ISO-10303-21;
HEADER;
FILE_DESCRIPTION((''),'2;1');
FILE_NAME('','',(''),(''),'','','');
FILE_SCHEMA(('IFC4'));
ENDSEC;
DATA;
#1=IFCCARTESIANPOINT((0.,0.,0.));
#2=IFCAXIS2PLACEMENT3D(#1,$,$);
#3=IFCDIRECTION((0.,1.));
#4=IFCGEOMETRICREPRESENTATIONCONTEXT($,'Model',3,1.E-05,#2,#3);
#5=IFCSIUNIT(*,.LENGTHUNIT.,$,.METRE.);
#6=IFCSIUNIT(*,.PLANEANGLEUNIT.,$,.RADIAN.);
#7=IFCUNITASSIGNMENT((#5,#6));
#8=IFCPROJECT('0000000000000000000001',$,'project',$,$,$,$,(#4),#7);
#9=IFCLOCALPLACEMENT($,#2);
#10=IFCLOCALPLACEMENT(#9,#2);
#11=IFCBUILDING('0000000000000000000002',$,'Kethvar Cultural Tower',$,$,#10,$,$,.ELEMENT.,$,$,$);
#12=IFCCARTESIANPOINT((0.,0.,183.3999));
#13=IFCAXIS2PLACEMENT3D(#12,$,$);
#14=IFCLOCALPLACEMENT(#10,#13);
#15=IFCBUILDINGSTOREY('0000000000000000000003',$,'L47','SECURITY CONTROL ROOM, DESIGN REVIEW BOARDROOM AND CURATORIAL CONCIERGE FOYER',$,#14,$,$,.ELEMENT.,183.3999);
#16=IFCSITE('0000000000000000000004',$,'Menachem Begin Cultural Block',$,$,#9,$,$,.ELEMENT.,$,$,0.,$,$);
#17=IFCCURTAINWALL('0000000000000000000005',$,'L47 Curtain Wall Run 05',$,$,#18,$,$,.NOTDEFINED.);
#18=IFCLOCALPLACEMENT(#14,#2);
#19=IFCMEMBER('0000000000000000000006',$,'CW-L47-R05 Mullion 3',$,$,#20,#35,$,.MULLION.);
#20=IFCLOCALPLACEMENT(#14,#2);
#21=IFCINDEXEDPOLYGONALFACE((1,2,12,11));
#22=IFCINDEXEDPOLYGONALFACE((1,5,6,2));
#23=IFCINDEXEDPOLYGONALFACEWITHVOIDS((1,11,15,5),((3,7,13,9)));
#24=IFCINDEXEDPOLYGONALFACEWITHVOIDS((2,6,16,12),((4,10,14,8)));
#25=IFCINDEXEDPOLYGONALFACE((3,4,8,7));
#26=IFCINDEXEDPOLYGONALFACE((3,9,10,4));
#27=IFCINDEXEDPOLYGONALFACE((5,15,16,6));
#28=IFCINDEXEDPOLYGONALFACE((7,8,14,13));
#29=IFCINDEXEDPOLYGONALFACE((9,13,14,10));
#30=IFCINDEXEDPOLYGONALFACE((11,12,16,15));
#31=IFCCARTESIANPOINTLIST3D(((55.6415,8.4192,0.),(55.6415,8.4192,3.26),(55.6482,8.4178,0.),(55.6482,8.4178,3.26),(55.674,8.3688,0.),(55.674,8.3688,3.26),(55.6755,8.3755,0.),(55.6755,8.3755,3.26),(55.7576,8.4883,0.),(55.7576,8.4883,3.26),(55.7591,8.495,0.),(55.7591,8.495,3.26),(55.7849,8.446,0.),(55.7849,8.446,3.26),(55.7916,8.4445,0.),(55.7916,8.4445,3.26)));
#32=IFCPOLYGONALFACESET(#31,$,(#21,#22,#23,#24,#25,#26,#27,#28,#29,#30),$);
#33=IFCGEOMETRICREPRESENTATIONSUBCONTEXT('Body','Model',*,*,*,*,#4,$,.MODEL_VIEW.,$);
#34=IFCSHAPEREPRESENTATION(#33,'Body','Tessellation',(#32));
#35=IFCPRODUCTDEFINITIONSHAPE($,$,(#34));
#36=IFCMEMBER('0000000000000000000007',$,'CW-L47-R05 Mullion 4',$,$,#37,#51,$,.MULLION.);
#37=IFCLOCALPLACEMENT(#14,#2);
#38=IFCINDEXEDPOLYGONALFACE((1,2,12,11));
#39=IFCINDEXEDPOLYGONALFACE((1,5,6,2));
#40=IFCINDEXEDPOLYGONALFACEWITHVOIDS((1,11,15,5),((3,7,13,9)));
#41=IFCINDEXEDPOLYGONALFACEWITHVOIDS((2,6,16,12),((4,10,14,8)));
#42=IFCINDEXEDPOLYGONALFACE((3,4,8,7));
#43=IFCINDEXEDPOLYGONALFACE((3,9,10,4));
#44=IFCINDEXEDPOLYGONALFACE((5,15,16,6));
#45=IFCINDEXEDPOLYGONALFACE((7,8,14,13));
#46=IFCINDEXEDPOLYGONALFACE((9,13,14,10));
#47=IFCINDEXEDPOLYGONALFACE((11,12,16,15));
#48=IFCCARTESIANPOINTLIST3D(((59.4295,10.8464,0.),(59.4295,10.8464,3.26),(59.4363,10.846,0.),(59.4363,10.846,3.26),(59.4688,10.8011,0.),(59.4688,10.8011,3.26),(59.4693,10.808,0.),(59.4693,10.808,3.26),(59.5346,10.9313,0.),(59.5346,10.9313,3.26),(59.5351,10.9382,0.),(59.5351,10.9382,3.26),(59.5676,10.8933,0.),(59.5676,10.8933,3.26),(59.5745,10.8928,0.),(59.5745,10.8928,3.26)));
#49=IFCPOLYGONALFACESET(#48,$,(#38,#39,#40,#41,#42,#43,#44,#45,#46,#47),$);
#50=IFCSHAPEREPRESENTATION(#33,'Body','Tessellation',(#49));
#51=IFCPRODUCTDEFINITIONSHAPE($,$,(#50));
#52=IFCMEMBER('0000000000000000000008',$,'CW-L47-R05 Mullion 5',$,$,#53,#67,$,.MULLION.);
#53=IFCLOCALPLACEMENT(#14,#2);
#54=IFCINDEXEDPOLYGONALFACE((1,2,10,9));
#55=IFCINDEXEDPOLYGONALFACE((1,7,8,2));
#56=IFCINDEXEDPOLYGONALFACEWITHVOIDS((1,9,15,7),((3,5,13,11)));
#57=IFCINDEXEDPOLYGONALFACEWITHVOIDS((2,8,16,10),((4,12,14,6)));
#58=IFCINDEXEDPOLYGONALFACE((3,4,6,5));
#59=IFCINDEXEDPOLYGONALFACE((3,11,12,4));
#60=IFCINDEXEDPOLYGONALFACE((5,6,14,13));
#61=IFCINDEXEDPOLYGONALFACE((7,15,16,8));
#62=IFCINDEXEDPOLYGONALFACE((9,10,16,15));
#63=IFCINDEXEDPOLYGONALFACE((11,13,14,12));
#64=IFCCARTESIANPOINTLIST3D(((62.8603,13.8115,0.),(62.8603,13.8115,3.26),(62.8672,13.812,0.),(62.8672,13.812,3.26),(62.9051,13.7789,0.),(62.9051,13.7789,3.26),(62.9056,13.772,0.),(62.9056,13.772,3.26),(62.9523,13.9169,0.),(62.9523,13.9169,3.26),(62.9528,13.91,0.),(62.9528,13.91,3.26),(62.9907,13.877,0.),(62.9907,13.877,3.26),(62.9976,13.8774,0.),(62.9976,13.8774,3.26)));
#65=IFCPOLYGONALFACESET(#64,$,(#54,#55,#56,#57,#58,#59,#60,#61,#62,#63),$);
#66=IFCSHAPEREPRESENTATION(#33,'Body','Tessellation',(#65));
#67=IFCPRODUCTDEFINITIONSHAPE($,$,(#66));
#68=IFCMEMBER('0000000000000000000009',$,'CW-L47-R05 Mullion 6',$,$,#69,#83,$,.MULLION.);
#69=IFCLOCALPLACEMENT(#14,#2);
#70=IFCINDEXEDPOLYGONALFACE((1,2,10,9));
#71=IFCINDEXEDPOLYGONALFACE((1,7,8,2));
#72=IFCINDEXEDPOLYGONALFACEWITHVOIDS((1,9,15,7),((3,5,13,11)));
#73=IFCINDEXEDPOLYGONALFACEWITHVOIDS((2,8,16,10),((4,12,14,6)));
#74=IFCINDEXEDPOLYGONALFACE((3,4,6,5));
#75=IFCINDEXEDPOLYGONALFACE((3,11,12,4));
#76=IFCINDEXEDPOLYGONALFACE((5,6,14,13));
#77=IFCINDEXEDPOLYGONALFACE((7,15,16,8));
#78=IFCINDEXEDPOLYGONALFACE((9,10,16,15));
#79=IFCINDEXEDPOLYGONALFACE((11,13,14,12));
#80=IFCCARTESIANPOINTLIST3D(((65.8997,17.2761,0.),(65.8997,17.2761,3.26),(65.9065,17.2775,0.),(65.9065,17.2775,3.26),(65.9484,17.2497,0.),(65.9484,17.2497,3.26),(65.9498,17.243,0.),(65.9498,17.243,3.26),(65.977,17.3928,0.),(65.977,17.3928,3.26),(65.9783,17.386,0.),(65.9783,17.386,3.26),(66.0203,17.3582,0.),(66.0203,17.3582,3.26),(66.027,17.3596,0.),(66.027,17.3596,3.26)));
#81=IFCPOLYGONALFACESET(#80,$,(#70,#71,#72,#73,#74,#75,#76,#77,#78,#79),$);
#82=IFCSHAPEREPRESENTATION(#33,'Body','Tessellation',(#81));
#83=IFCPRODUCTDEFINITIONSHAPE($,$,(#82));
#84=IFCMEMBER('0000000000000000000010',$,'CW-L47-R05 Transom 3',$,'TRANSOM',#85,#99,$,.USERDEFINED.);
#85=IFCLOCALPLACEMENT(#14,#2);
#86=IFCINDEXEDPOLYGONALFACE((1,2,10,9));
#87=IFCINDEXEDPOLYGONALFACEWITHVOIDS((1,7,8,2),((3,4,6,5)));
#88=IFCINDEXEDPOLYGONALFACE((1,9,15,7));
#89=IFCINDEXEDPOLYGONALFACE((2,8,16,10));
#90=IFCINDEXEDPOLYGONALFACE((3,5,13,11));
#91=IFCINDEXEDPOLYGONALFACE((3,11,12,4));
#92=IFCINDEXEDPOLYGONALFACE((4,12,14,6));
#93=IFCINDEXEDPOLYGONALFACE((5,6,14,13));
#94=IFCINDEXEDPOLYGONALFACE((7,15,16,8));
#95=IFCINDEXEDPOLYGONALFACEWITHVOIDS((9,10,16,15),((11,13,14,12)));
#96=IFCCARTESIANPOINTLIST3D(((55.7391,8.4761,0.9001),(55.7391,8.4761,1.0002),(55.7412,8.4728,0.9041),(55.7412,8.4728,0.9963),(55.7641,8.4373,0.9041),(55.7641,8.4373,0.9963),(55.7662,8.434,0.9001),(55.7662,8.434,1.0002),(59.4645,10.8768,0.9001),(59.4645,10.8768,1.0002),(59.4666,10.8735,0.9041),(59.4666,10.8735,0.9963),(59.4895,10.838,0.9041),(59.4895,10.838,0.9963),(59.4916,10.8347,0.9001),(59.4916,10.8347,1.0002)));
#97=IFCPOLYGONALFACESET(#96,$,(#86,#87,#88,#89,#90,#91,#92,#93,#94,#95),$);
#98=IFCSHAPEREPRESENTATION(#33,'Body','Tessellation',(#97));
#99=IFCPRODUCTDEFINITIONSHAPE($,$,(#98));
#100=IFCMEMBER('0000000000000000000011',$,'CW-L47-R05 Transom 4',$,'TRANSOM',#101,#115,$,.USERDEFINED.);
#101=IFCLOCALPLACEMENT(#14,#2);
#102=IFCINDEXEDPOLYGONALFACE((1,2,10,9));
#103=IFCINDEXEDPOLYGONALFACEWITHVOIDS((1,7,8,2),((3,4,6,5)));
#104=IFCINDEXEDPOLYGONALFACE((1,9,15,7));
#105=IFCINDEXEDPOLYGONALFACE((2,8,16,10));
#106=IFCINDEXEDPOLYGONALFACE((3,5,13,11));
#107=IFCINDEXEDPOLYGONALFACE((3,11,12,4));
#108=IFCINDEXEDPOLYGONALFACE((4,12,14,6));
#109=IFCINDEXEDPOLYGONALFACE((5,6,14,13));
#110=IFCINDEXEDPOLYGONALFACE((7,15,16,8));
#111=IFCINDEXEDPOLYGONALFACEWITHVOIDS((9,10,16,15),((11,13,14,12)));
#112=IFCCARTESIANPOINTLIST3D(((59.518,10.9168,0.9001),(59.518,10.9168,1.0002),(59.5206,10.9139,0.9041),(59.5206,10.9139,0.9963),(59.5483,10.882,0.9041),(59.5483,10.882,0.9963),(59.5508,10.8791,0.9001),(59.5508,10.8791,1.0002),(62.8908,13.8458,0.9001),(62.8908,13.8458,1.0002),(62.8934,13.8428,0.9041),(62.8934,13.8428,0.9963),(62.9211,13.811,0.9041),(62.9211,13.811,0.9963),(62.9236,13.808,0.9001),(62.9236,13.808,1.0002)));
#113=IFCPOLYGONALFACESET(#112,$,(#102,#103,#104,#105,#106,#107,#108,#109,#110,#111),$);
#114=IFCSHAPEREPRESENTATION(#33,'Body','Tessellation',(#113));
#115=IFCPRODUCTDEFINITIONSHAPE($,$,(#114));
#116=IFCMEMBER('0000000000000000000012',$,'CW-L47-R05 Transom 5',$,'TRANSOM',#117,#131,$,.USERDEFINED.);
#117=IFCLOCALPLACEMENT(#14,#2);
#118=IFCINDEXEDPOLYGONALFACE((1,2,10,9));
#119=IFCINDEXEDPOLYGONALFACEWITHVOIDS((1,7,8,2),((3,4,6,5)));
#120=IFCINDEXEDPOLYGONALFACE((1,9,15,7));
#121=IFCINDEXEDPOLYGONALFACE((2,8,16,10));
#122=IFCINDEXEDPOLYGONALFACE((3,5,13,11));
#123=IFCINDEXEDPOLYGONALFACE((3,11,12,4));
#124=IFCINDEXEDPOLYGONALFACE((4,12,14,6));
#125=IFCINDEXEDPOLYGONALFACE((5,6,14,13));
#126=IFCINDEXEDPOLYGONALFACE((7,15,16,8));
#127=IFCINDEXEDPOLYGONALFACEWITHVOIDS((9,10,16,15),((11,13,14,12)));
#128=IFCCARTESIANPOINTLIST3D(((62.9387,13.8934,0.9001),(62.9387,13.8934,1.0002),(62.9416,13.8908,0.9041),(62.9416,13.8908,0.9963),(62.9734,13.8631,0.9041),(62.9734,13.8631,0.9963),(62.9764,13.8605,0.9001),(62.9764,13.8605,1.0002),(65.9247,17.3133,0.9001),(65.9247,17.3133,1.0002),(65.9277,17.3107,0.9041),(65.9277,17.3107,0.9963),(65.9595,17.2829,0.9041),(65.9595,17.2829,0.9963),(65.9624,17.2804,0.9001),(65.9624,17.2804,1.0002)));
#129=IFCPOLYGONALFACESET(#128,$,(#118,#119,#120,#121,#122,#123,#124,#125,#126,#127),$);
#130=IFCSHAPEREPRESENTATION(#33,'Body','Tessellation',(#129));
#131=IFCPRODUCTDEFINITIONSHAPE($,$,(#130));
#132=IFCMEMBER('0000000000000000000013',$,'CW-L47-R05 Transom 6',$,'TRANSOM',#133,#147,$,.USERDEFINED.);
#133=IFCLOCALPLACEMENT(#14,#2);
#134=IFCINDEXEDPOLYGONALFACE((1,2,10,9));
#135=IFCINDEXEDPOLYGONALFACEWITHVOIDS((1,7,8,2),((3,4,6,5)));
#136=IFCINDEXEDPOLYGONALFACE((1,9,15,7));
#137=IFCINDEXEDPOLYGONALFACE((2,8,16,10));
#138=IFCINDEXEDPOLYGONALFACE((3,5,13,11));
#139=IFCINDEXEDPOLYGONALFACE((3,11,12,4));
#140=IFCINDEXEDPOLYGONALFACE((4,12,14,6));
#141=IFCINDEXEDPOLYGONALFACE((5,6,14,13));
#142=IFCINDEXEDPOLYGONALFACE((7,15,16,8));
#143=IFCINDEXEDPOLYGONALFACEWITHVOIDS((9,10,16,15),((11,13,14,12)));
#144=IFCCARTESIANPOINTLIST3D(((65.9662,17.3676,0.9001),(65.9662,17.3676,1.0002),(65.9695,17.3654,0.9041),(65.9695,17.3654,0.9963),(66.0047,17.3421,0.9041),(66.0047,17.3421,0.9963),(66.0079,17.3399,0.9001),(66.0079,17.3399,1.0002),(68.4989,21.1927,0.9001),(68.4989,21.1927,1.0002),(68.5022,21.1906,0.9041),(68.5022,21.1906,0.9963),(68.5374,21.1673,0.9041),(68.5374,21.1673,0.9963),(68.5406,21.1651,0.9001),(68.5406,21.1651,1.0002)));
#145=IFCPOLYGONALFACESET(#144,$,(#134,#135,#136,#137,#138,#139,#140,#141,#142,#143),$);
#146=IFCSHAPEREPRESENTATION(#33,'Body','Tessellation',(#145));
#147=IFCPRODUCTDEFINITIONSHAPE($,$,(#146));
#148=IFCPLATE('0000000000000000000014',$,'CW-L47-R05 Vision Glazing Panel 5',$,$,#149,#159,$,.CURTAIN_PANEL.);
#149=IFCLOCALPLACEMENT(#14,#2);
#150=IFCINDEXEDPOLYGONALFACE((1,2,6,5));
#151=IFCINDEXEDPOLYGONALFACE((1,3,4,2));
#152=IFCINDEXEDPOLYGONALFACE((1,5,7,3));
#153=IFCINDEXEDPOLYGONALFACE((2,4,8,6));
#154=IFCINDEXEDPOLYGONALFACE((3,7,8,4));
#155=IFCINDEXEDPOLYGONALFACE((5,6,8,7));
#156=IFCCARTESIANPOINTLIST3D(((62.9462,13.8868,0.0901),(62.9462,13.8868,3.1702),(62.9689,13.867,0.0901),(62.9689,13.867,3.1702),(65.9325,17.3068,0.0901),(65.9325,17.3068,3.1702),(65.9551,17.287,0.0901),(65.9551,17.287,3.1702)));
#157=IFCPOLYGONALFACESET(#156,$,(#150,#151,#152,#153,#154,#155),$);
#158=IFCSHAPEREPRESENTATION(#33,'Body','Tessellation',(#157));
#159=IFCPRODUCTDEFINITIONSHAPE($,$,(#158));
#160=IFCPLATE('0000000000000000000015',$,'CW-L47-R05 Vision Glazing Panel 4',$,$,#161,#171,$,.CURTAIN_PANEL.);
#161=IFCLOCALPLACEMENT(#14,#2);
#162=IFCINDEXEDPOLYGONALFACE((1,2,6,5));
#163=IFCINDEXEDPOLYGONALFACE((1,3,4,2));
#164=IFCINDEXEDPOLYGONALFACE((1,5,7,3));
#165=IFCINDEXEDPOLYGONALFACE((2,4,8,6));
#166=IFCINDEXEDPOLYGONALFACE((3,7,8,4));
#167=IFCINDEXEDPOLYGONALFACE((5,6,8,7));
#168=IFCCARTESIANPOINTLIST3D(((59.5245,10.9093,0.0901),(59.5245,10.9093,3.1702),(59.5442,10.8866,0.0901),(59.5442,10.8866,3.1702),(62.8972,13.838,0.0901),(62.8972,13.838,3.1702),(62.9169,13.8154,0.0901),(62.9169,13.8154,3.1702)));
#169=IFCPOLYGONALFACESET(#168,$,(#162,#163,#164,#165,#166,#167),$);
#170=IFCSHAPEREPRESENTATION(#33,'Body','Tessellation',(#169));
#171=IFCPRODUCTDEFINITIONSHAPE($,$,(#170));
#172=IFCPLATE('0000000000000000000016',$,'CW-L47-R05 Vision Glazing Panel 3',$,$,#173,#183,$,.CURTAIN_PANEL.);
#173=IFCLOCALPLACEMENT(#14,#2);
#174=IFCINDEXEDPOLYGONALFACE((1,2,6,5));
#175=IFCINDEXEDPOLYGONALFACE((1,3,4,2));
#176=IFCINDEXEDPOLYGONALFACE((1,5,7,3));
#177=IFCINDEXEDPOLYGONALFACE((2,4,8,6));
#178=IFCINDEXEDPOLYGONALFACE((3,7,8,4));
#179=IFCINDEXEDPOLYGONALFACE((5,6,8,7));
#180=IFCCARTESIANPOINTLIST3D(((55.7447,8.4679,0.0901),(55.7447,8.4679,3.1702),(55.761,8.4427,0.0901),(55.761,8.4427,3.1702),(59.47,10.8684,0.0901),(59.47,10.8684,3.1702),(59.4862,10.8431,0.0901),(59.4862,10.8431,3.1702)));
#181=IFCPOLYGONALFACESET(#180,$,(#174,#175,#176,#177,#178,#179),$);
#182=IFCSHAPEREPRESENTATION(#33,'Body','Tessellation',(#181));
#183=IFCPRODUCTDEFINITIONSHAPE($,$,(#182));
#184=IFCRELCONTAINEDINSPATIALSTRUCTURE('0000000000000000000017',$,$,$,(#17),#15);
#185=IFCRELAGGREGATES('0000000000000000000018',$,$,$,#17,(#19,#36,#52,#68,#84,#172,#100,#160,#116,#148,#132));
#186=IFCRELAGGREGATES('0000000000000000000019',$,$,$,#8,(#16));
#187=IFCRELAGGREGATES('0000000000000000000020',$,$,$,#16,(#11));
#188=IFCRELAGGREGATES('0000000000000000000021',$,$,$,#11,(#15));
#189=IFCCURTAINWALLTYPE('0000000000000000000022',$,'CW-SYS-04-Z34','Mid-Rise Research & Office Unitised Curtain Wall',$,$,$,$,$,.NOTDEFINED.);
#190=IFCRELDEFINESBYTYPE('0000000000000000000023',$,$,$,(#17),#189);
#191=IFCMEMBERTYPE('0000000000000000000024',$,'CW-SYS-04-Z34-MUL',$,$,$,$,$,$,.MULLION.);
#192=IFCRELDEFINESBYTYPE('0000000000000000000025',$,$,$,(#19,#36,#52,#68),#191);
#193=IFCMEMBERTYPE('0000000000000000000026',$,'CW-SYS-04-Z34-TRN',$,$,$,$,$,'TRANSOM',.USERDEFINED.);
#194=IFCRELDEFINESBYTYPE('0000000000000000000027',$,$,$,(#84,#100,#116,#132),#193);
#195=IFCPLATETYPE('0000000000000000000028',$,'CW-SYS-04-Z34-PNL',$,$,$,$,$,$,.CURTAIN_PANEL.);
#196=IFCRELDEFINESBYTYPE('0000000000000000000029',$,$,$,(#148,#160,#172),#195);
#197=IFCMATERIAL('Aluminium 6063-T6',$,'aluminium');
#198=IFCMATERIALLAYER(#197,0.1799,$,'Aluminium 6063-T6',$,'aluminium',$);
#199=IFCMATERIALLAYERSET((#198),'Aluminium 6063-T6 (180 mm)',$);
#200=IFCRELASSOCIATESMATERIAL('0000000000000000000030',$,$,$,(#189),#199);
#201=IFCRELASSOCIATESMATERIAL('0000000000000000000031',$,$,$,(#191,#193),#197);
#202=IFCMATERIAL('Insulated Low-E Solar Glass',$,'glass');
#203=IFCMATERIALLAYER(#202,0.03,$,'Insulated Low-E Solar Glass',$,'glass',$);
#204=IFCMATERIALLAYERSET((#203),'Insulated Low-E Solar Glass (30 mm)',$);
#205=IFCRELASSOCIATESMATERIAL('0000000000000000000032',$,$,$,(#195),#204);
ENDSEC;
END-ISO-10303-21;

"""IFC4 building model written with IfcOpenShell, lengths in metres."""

from ifc_helpers import new_model, si_unit, direction, frame, origin, origin_2d, place, context, subcontext, project, spatial, rectangle, hollow_rectangle, extrude, source, transform, mapped, material, layer, layer_set, material_profile, profile_set, type_object, element, aggregate, save


model = new_model("IFC4")

# Units and contexts
model_context = context("Model", 3, precision=1e-05, world=origin(), true_north=direction((0.0, 1.0)))
body_context = subcontext(model_context, "Body", "Model", "MODEL_VIEW")
ifc_project = project(units=[si_unit("LENGTHUNIT", "METRE"), si_unit("PLANEANGLEUNIT", "RADIAN")], contexts=[model_context])

# Site, building, storey
site_placement = place(None, origin())
site = spatial("IfcSite", under=ifc_project, at=site_placement, Name="Menachem Begin Cultural Block", CompositionType="ELEMENT", RefElevation=0.0)
building_placement = place(site_placement, origin())
building = spatial("IfcBuilding", under=site, at=building_placement, Name="Kethvar Cultural Tower", CompositionType="ELEMENT")
storey_placement = place(building_placement, frame((0.0, 0.0, 183.3999)))
storey = spatial("IfcBuildingStorey", under=building, at=storey_placement, Name="L47", Description="SECURITY CONTROL ROOM, DESIGN REVIEW BOARDROOM AND CURATORIAL CONCIERGE FOYER", CompositionType="ELEMENT", Elevation=183.3999)

# Curtain wall, members, plates
ifc_material_1 = material(Name="Aluminium 6063-T6", Category="aluminium")
ifc_layer_1 = layer(ifc_material_1, 0.1799, Name="Aluminium 6063-T6", Category="aluminium")
ifc_layer_set_1 = layer_set([ifc_layer_1], Name="Aluminium 6063-T6 (180 mm)")
curtain_wall_type = type_object("IfcCurtainWallType", Name="CW-SYS-04-Z34", Description="Mid-Rise Research & Office Unitised Curtain Wall", PredefinedType="NOTDEFINED", material=ifc_layer_set_1)
curtain_wall_placement = place(storey_placement, origin())
curtain_wall = element("IfcCurtainWall", 1, at=curtain_wall_placement, inside=storey, type_object=curtain_wall_type, Name="L47 Curtain Wall Run 05", PredefinedType="NOTDEFINED")
ifc_material_profile_1 = material_profile(ifc_material_1, hollow_rectangle(XDim=0.0601, YDim=0.1399, WallThickness=0.0049, at=origin_2d()), Name="Aluminium 6063-T6 — RHS140x60x5")
ifc_profile_set_1 = profile_set([ifc_material_profile_1], Name="Aluminium 6063-T6 — RHS140x60x5")
member_type_1 = type_object("IfcMemberType", Name="CW-SYS-04-Z34-MUL", PredefinedType="MULLION", material=ifc_profile_set_1)
shared_shape_1 = source(origin(), body_context, "Body", "SweptSolid", [
    extrude(hollow_rectangle(XDim=0.0601, YDim=0.1399, WallThickness=0.0049, at=origin_2d()), origin(), (0.0, 0.0, 1.0), 3.26),
])
member_1_placement = place(storey_placement, frame((55.7166, 8.4319, 0.0), z_axis=(0.0, 0.0, 1.0), x_axis=(-0.541664, 0.840595, 0.0)))
member_1 = element("IfcMember", 2, at=member_1_placement, type_object=member_type_1, Name="CW-L47-R05 Mullion 3", PredefinedType="MULLION", context=body_context, shape_type="MappedRepresentation", body=[
    mapped(shared_shape_1, transform((0.0, 0.0, 0.0), scale=1.0)),
])
member_2_placement = place(storey_placement, frame((59.502, 10.8696, 0.0), z_axis=(0.0, 0.0, 1.0), x_axis=(-0.655677, 0.755042, 0.0)))
member_2 = element("IfcMember", 3, at=member_2_placement, type_object=member_type_1, Name="CW-L47-R05 Mullion 4", PredefinedType="MULLION", context=body_context, shape_type="MappedRepresentation", body=[
    mapped(shared_shape_1, transform((0.0, 0.0, 0.0), scale=1.0)),
])
member_3_placement = place(storey_placement, frame((62.929, 13.8445, 0.0), z_axis=(0.0, 0.0, 1.0), x_axis=(-0.753254, 0.65773, 0.0)))
member_3 = element("IfcMember", 4, at=member_3_placement, type_object=member_type_1, Name="CW-L47-R05 Mullion 5", PredefinedType="MULLION", context=body_context, shape_type="MappedRepresentation", body=[
    mapped(shared_shape_1, transform((0.0, 0.0, 0.0), scale=1.0)),
])
member_4_placement = place(storey_placement, frame((65.9634, 17.3179, 0.0), z_axis=(0.0, 0.0, 1.0), x_axis=(-0.833809, 0.552053, 0.0)))
member_4 = element("IfcMember", 5, at=member_4_placement, type_object=member_type_1, Name="CW-L47-R05 Mullion 6", PredefinedType="MULLION", context=body_context, shape_type="MappedRepresentation", body=[
    mapped(shared_shape_1, transform((0.0, 0.0, 0.0), scale=1.0)),
])
ifc_material_profile_2 = material_profile(ifc_material_1, hollow_rectangle(XDim=0.05, YDim=0.1001, WallThickness=0.0039, at=origin_2d()), Name="Aluminium 6063-T6 — RHS100x50x4")
ifc_profile_set_2 = profile_set([ifc_material_profile_2], Name="Aluminium 6063-T6 — RHS100x50x4")
member_type_2 = type_object("IfcMemberType", Name="CW-SYS-04-Z34-TRN", ElementType="TRANSOM", PredefinedType="USERDEFINED", material=ifc_profile_set_2)
shared_shape_2 = source(origin(), body_context, "Body", "SweptSolid", [
    extrude(hollow_rectangle(XDim=0.05, YDim=0.1001, WallThickness=0.0039, at=origin_2d()), origin(), (0.0, 0.0, 1.0), 4.4319),
])
member_5_placement = place(storey_placement, frame((55.7527, 8.4551, 0.9502), z_axis=(0.840586, 0.541679, 0.0), x_axis=(-0.541679, 0.840586, 0.0)))
member_5 = element("IfcMember", 6, at=member_5_placement, type_object=member_type_2, Name="CW-L47-R05 Transom 3", ObjectType="TRANSOM", PredefinedType="USERDEFINED", context=body_context, shape_type="MappedRepresentation", body=[
    mapped(shared_shape_2, transform((0.0, 0.0, 0.0), scale=1.0)),
])
shared_shape_3 = source(origin(), body_context, "Body", "SweptSolid", [
    extrude(hollow_rectangle(XDim=0.05, YDim=0.1001, WallThickness=0.0039, at=origin_2d()), origin(), (0.0, 0.0, 1.0), 4.467),
])
member_6_placement = place(storey_placement, frame((59.5344, 10.8979, 0.9502), z_axis=(0.75504, 0.655679, 0.0), x_axis=(-0.655679, 0.75504, 0.0)))
member_6 = element("IfcMember", 7, at=member_6_placement, type_object=member_type_2, Name="CW-L47-R05 Transom 4", ObjectType="TRANSOM", PredefinedType="USERDEFINED", context=body_context, shape_type="MappedRepresentation", body=[
    mapped(shared_shape_3, transform((0.0, 0.0, 0.0), scale=1.0)),
])
shared_shape_4 = source(origin(), body_context, "Body", "SweptSolid", [
    extrude(hollow_rectangle(XDim=0.05, YDim=0.1001, WallThickness=0.0039, at=origin_2d()), origin(), (0.0, 0.0, 1.0), 4.54),
])
member_7_placement = place(storey_placement, frame((62.9575, 13.877, 0.9502), z_axis=(0.657712, 0.753269, 0.0), x_axis=(-0.753269, 0.657712, 0.0)))
member_7 = element("IfcMember", 8, at=member_7_placement, type_object=member_type_2, Name="CW-L47-R05 Transom 5", ObjectType="TRANSOM", PredefinedType="USERDEFINED", context=body_context, shape_type="MappedRepresentation", body=[
    mapped(shared_shape_4, transform((0.0, 0.0, 0.0), scale=1.0)),
])
shared_shape_5 = source(origin(), body_context, "Body", "SweptSolid", [
    extrude(hollow_rectangle(XDim=0.05, YDim=0.1001, WallThickness=0.0039, at=origin_2d()), origin(), (0.0, 0.0, 1.0), 4.5876),
])
member_8_placement = place(storey_placement, frame((65.9871, 17.3538, 0.9502), z_axis=(0.552069, 0.833798, 0.0), x_axis=(-0.833798, 0.552069, 0.0)))
member_8 = element("IfcMember", 9, at=member_8_placement, type_object=member_type_2, Name="CW-L47-R05 Transom 6", ObjectType="TRANSOM", PredefinedType="USERDEFINED", context=body_context, shape_type="MappedRepresentation", body=[
    mapped(shared_shape_5, transform((0.0, 0.0, 0.0), scale=1.0)),
])
ifc_material_2 = material(Name="Insulated Low-E Solar Glass", Category="glass")
ifc_layer_2 = layer(ifc_material_2, 0.03, Name="Insulated Low-E Solar Glass", Category="glass")
ifc_layer_set_2 = layer_set([ifc_layer_2], Name="Insulated Low-E Solar Glass (30 mm)")
plate_type = type_object("IfcPlateType", Name="CW-SYS-04-Z34-PNL", PredefinedType="CURTAIN_PANEL", material=ifc_layer_set_2)
shared_shape_6 = source(origin(), body_context, "Body", "SweptSolid", [
    extrude(rectangle(XDim=4.5403, YDim=0.03, at=origin_2d()), origin(), (0.0, 0.0, 1.0), 3.0801),
])
plate_1_placement = place(storey_placement, frame((64.4507, 15.5869, 0.0901), z_axis=(0.0, 0.0, 1.0), x_axis=(0.65773, 0.753254, 0.0)))
plate_1 = element("IfcPlate", 10, at=plate_1_placement, type_object=plate_type, Name="CW-L47-R05 Vision Glazing Panel 5", PredefinedType="CURTAIN_PANEL", context=body_context, shape_type="MappedRepresentation", body=[
    mapped(shared_shape_6, transform((0.0, 0.0, 0.0), scale=1.0)),
])
shared_shape_7 = source(origin(), body_context, "Body", "SweptSolid", [
    extrude(rectangle(XDim=4.4668, YDim=0.03, at=origin_2d()), origin(), (0.0, 0.0, 1.0), 3.0801),
])
plate_2_placement = place(storey_placement, frame((61.2207, 12.3623, 0.0901), z_axis=(0.0, 0.0, 1.0), x_axis=(0.755042, 0.655677, 0.0)))
plate_2 = element("IfcPlate", 11, at=plate_2_placement, type_object=plate_type, Name="CW-L47-R05 Vision Glazing Panel 4", PredefinedType="CURTAIN_PANEL", context=body_context, shape_type="MappedRepresentation", body=[
    mapped(shared_shape_7, transform((0.0, 0.0, 0.0), scale=1.0)),
])
shared_shape_8 = source(origin(), body_context, "Body", "SweptSolid", [
    extrude(rectangle(XDim=4.4316, YDim=0.03, at=origin_2d()), origin(), (0.0, 0.0, 1.0), 3.0801),
])
plate_3_placement = place(storey_placement, frame((57.6155, 9.6555, 0.0901), z_axis=(0.0, 0.0, 1.0), x_axis=(0.840595, 0.541664, 0.0)))
plate_3 = element("IfcPlate", 12, at=plate_3_placement, type_object=plate_type, Name="CW-L47-R05 Vision Glazing Panel 3", PredefinedType="CURTAIN_PANEL", context=body_context, shape_type="MappedRepresentation", body=[
    mapped(shared_shape_8, transform((0.0, 0.0, 0.0), scale=1.0)),
])
aggregate(curtain_wall, [member_1, member_2, member_3, member_4, member_5, plate_3, member_6, plate_2, member_7, plate_1, member_8])

save(model, "model.ifc")
